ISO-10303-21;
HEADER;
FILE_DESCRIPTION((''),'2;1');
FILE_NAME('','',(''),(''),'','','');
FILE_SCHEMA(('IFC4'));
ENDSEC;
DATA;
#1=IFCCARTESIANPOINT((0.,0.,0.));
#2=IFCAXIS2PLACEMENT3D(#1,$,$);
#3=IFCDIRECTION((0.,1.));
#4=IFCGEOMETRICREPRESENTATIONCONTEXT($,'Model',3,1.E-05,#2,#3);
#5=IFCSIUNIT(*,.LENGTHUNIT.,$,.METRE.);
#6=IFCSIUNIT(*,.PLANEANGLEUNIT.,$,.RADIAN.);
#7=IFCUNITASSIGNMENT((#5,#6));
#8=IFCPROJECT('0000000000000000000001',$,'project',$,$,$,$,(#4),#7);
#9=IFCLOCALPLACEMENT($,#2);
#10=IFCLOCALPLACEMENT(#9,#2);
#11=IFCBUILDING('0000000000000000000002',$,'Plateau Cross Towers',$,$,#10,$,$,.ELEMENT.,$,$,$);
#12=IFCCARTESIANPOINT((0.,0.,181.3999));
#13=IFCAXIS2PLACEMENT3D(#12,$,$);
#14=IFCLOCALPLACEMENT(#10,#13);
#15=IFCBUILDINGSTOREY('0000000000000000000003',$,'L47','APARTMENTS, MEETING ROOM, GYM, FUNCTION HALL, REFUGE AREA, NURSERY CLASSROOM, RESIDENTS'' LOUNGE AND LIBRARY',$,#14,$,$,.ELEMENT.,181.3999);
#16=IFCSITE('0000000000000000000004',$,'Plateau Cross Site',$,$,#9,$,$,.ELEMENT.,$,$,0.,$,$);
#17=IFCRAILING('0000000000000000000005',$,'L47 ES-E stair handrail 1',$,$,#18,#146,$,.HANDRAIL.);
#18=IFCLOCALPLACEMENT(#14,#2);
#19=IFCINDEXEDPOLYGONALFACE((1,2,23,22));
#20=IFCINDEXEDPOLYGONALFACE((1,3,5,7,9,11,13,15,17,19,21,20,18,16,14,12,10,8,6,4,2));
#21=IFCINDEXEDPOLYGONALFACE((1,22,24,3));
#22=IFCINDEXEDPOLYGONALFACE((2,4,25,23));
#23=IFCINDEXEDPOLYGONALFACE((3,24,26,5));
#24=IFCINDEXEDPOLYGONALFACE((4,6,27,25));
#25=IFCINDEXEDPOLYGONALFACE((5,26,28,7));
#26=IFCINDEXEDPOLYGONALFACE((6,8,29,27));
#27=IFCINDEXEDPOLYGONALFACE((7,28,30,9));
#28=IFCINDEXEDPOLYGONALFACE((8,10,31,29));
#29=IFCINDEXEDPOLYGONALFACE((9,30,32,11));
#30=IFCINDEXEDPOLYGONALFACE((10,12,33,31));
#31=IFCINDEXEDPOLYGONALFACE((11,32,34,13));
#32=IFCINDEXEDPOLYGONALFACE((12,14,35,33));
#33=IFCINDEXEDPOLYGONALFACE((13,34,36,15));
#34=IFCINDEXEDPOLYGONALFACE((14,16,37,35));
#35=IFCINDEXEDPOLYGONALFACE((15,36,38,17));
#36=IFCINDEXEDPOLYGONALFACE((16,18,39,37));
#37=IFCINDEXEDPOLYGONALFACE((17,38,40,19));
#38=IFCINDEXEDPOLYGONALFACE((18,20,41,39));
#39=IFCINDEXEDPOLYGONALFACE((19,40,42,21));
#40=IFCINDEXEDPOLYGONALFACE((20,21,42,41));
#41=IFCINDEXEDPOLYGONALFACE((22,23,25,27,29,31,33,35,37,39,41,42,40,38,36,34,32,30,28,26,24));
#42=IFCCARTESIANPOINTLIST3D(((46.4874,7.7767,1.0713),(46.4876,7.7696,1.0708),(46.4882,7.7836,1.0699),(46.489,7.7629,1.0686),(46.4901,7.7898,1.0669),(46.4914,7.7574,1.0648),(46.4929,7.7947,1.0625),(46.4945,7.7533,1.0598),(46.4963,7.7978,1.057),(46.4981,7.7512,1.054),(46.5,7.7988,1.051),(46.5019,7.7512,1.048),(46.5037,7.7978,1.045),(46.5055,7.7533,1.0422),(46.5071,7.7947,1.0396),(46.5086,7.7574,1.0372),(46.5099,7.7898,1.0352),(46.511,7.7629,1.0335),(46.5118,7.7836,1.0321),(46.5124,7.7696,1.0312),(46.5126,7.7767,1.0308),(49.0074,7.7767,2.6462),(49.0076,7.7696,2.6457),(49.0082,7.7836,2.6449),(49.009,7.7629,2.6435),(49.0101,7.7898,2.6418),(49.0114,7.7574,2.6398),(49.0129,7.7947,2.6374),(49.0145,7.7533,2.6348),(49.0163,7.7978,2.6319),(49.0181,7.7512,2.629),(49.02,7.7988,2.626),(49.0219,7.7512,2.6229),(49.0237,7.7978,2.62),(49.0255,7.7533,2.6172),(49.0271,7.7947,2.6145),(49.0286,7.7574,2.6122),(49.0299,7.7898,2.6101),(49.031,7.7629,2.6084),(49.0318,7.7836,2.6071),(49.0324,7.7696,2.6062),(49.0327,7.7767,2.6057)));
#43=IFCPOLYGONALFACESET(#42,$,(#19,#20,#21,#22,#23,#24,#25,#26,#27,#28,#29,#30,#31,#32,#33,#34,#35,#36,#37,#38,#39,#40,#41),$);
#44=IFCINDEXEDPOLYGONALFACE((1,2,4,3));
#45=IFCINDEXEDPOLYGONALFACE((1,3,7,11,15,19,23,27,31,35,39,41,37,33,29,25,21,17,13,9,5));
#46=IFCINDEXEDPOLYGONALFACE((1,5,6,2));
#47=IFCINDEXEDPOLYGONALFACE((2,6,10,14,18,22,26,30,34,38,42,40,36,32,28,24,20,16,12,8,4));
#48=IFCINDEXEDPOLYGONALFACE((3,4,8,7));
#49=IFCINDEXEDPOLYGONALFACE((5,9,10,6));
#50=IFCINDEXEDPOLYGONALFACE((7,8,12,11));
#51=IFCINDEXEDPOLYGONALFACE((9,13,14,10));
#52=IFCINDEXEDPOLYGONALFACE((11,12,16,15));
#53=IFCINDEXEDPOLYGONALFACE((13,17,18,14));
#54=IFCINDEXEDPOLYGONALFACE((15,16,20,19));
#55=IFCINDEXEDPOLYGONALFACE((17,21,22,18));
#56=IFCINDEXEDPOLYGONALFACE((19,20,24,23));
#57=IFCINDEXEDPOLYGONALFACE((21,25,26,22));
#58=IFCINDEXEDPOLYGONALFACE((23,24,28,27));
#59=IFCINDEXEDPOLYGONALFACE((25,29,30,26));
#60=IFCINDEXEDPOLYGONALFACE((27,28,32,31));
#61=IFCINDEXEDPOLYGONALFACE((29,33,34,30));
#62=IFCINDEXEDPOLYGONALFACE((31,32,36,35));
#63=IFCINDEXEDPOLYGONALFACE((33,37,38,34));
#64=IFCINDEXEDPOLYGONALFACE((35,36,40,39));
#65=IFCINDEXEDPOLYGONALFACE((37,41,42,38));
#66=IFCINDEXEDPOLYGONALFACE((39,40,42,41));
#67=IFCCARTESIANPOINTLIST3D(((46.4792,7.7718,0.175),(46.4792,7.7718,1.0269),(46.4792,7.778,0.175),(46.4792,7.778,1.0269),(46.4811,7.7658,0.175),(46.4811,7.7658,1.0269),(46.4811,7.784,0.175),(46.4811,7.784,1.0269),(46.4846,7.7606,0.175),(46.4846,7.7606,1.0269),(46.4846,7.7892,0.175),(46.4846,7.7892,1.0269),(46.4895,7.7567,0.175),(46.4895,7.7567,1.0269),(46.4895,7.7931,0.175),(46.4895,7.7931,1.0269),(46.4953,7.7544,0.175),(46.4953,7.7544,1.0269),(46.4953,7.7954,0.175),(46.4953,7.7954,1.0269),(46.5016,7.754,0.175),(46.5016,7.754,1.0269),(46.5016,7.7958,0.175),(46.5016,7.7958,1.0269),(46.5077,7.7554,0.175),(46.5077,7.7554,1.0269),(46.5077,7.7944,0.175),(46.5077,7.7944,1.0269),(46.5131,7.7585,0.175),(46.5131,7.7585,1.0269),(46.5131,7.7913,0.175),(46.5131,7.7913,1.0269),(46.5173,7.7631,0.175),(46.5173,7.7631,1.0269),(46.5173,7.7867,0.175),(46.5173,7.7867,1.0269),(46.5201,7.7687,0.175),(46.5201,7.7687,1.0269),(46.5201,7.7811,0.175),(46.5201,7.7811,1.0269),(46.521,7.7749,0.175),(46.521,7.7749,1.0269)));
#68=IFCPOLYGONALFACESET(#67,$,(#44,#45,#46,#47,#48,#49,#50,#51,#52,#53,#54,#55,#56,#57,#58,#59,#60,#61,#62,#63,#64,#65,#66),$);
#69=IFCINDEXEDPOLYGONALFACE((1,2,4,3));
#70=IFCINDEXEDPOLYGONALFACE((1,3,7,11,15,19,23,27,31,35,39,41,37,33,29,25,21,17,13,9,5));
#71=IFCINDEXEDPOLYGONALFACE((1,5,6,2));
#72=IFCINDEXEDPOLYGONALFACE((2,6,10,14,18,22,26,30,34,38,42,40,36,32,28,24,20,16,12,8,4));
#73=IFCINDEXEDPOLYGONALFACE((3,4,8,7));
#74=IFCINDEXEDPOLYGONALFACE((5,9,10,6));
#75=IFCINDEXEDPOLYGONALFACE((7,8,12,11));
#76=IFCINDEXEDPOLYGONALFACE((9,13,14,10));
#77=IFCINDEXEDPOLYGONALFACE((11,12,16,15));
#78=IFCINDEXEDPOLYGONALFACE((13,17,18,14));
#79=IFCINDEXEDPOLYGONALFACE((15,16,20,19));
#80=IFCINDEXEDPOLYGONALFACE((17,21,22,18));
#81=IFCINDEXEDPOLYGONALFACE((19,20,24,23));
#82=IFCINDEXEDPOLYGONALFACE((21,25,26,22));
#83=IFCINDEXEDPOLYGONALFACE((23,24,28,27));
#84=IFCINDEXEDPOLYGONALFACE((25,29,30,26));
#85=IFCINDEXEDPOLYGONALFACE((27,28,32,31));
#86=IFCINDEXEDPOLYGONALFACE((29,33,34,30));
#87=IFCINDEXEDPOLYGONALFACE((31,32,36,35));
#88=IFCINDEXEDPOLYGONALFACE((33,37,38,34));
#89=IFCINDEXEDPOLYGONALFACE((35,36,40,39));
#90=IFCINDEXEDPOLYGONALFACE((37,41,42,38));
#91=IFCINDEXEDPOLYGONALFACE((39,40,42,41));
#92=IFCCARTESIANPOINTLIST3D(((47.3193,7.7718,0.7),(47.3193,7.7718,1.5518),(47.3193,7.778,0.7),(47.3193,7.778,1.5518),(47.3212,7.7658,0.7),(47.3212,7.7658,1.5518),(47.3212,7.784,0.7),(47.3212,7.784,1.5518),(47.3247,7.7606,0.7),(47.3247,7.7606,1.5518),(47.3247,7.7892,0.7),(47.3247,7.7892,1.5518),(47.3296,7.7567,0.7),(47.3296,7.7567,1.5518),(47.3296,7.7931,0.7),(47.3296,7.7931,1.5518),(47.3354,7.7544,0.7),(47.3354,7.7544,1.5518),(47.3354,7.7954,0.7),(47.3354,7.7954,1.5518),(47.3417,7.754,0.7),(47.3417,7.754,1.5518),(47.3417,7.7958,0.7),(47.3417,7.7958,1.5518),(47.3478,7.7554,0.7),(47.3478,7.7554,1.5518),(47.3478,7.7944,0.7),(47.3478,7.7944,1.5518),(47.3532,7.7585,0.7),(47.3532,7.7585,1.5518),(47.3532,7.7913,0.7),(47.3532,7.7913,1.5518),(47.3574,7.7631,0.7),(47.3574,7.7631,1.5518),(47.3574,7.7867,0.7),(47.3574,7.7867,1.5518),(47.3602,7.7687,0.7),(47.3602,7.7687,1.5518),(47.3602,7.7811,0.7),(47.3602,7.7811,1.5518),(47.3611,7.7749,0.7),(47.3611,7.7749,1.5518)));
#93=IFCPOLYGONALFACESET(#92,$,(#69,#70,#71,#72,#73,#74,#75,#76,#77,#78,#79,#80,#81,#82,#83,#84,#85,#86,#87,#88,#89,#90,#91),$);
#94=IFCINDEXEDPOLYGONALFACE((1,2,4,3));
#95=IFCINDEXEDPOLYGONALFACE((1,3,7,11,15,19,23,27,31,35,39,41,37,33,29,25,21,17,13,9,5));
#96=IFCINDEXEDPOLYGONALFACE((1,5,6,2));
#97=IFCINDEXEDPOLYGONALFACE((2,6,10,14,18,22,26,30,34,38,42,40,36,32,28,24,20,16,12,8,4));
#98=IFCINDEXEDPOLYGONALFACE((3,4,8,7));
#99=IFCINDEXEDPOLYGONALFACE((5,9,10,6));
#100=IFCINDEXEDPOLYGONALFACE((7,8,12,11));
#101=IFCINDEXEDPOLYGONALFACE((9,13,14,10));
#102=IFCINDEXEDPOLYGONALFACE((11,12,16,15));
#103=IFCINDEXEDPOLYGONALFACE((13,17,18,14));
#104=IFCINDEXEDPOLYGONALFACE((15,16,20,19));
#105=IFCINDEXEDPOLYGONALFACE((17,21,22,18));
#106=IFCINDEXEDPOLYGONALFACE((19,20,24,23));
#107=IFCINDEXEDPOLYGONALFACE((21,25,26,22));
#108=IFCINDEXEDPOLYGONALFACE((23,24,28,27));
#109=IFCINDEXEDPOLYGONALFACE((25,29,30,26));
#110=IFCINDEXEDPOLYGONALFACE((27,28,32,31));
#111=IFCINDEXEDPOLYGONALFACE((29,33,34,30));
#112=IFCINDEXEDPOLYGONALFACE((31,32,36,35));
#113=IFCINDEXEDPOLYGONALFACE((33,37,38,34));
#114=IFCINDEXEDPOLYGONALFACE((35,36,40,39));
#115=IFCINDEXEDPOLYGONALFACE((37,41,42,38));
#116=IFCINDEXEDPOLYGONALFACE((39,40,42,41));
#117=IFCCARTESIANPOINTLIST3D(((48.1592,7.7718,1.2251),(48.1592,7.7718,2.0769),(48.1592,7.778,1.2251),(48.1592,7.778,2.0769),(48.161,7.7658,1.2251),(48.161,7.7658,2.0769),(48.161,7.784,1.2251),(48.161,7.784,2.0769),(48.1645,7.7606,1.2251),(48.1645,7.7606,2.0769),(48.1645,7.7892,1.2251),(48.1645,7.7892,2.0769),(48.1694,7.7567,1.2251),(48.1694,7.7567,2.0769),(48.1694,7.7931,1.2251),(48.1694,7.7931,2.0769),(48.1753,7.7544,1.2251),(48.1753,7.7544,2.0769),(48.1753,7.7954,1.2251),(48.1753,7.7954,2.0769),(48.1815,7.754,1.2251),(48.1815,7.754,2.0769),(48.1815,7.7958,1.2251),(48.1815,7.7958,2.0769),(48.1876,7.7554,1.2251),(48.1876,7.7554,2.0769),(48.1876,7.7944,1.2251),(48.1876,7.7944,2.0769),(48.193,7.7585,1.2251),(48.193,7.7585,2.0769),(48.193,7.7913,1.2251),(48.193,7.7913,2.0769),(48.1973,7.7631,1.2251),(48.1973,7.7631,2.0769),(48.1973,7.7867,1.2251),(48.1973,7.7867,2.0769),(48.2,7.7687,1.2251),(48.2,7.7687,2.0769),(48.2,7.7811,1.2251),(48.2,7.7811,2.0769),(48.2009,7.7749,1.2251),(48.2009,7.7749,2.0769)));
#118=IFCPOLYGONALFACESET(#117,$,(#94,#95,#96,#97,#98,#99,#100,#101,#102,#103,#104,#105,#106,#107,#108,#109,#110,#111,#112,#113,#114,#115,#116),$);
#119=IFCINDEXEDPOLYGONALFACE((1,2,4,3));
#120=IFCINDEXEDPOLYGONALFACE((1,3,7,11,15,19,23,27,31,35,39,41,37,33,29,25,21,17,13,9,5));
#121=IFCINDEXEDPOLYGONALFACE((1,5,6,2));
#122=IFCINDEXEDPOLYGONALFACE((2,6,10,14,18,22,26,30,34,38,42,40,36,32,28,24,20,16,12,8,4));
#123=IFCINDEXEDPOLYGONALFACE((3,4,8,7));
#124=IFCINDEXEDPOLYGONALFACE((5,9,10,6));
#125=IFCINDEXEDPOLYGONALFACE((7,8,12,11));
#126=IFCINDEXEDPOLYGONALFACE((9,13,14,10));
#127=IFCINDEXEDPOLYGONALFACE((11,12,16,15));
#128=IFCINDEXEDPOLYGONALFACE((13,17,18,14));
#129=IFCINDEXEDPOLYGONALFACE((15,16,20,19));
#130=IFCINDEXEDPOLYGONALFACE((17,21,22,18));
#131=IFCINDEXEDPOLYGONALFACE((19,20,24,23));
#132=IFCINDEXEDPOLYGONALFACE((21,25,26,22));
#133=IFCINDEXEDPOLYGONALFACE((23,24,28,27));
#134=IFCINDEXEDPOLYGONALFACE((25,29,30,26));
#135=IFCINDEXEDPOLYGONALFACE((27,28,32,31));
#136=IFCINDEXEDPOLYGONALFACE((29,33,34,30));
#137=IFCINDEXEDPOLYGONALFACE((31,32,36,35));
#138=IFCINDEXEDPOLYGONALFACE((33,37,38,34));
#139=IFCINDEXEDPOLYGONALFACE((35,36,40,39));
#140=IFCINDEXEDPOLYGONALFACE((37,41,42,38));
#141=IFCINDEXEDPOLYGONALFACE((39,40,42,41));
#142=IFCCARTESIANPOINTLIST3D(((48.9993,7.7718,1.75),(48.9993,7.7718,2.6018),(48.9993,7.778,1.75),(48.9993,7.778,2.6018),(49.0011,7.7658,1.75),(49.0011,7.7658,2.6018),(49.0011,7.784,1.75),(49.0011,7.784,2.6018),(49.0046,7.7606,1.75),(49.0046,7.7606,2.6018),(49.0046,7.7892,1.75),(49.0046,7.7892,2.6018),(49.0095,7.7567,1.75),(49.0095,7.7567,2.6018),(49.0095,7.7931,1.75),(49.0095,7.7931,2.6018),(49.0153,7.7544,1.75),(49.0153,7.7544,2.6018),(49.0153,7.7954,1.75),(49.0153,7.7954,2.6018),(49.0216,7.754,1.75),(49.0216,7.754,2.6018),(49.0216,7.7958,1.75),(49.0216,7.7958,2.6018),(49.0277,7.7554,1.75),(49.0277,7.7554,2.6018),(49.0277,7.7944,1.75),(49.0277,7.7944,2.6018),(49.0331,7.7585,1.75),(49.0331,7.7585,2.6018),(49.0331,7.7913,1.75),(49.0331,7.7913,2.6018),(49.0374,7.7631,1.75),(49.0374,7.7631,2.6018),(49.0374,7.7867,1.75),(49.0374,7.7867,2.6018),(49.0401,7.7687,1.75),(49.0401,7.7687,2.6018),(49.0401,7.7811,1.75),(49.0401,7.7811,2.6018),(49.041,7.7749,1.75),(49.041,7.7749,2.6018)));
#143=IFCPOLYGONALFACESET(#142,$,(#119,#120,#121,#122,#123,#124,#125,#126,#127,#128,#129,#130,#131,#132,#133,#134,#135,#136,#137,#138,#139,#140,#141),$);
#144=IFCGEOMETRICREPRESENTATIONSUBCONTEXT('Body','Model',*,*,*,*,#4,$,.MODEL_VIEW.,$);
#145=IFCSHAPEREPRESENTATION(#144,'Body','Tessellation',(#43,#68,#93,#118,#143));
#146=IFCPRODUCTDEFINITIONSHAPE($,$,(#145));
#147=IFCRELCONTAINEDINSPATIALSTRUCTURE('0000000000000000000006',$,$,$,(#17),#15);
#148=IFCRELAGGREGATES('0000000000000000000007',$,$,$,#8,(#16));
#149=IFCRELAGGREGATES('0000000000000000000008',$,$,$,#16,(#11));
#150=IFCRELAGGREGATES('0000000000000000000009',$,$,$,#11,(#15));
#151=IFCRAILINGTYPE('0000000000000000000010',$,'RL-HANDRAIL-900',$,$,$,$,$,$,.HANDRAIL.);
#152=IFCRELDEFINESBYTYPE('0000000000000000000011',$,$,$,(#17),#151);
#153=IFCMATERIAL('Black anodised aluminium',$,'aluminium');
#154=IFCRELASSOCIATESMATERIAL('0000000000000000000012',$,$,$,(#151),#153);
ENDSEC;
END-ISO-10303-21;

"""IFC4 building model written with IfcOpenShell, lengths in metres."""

from ifc_helpers import new_model, si_unit, direction, frame, origin, origin_2d, place, context, subcontext, project, spatial, circle, extrude, material, type_object, element, save


model = new_model("IFC4")

# Units and contexts
model_context = context("Model", 3, precision=1e-05, world=origin(), true_north=direction((0.0, 1.0)))
body_context = subcontext(model_context, "Body", "Model", "MODEL_VIEW")
ifc_project = project(units=[si_unit("LENGTHUNIT", "METRE"), si_unit("PLANEANGLEUNIT", "RADIAN")], contexts=[model_context])

# Site, building, storey
site_placement = place(None, origin())
site = spatial("IfcSite", under=ifc_project, at=site_placement, Name="Plateau Cross Site", CompositionType="ELEMENT", RefElevation=0.0)
building_placement = place(site_placement, origin())
building = spatial("IfcBuilding", under=site, at=building_placement, Name="Plateau Cross Towers", CompositionType="ELEMENT")
storey_placement = place(building_placement, frame((0.0, 0.0, 181.3999)))
storey = spatial("IfcBuildingStorey", under=building, at=storey_placement, Name="L47", Description="APARTMENTS, MEETING ROOM, GYM, FUNCTION HALL, REFUGE AREA, NURSERY CLASSROOM, RESIDENTS' LOUNGE AND LIBRARY", CompositionType="ELEMENT", Elevation=181.3999)

# Shared definitions
ifc_material_1 = material(Name="Black anodised aluminium", Category="aluminium")

# Railing
railing_type_1 = type_object("IfcRailingType", Name="RL-HANDRAIL-900", PredefinedType="HANDRAIL", material=ifc_material_1)
railing_1_placement = place(storey_placement, frame((46.5, 7.7749, 0.175)))
element("IfcRailing", 1, at=railing_1_placement, inside=storey, type_object=railing_type_1, Name="L47 ES-E stair handrail 1", PredefinedType="HANDRAIL", context=body_context, shape_type="SweptSolid", body=[
    extrude(circle(Radius=0.0239, at=origin_2d()), frame((0.0, 0.0, 0.876), z_axis=(0.848008, 0.0, 0.529984), x_axis=(0.0, 1.0, 0.0)), (0.0, 0.0, 1.0), 2.9717),
    extrude(circle(Radius=0.021, at=origin_2d()), origin(), (0.0, 0.0, 1.0), 0.8518),
    extrude(circle(Radius=0.021, at=origin_2d()), frame((0.8401, 0.0, 0.5249)), (0.0, 0.0, 1.0), 0.8518),
    extrude(circle(Radius=0.021, at=origin_2d()), frame((1.6799, 0.0, 1.05)), (0.0, 0.0, 1.0), 0.8518),
    extrude(circle(Radius=0.021, at=origin_2d()), frame((2.52, 0.0, 1.575)), (0.0, 0.0, 1.0), 0.8518),
])

save(model, "model.ifc")
